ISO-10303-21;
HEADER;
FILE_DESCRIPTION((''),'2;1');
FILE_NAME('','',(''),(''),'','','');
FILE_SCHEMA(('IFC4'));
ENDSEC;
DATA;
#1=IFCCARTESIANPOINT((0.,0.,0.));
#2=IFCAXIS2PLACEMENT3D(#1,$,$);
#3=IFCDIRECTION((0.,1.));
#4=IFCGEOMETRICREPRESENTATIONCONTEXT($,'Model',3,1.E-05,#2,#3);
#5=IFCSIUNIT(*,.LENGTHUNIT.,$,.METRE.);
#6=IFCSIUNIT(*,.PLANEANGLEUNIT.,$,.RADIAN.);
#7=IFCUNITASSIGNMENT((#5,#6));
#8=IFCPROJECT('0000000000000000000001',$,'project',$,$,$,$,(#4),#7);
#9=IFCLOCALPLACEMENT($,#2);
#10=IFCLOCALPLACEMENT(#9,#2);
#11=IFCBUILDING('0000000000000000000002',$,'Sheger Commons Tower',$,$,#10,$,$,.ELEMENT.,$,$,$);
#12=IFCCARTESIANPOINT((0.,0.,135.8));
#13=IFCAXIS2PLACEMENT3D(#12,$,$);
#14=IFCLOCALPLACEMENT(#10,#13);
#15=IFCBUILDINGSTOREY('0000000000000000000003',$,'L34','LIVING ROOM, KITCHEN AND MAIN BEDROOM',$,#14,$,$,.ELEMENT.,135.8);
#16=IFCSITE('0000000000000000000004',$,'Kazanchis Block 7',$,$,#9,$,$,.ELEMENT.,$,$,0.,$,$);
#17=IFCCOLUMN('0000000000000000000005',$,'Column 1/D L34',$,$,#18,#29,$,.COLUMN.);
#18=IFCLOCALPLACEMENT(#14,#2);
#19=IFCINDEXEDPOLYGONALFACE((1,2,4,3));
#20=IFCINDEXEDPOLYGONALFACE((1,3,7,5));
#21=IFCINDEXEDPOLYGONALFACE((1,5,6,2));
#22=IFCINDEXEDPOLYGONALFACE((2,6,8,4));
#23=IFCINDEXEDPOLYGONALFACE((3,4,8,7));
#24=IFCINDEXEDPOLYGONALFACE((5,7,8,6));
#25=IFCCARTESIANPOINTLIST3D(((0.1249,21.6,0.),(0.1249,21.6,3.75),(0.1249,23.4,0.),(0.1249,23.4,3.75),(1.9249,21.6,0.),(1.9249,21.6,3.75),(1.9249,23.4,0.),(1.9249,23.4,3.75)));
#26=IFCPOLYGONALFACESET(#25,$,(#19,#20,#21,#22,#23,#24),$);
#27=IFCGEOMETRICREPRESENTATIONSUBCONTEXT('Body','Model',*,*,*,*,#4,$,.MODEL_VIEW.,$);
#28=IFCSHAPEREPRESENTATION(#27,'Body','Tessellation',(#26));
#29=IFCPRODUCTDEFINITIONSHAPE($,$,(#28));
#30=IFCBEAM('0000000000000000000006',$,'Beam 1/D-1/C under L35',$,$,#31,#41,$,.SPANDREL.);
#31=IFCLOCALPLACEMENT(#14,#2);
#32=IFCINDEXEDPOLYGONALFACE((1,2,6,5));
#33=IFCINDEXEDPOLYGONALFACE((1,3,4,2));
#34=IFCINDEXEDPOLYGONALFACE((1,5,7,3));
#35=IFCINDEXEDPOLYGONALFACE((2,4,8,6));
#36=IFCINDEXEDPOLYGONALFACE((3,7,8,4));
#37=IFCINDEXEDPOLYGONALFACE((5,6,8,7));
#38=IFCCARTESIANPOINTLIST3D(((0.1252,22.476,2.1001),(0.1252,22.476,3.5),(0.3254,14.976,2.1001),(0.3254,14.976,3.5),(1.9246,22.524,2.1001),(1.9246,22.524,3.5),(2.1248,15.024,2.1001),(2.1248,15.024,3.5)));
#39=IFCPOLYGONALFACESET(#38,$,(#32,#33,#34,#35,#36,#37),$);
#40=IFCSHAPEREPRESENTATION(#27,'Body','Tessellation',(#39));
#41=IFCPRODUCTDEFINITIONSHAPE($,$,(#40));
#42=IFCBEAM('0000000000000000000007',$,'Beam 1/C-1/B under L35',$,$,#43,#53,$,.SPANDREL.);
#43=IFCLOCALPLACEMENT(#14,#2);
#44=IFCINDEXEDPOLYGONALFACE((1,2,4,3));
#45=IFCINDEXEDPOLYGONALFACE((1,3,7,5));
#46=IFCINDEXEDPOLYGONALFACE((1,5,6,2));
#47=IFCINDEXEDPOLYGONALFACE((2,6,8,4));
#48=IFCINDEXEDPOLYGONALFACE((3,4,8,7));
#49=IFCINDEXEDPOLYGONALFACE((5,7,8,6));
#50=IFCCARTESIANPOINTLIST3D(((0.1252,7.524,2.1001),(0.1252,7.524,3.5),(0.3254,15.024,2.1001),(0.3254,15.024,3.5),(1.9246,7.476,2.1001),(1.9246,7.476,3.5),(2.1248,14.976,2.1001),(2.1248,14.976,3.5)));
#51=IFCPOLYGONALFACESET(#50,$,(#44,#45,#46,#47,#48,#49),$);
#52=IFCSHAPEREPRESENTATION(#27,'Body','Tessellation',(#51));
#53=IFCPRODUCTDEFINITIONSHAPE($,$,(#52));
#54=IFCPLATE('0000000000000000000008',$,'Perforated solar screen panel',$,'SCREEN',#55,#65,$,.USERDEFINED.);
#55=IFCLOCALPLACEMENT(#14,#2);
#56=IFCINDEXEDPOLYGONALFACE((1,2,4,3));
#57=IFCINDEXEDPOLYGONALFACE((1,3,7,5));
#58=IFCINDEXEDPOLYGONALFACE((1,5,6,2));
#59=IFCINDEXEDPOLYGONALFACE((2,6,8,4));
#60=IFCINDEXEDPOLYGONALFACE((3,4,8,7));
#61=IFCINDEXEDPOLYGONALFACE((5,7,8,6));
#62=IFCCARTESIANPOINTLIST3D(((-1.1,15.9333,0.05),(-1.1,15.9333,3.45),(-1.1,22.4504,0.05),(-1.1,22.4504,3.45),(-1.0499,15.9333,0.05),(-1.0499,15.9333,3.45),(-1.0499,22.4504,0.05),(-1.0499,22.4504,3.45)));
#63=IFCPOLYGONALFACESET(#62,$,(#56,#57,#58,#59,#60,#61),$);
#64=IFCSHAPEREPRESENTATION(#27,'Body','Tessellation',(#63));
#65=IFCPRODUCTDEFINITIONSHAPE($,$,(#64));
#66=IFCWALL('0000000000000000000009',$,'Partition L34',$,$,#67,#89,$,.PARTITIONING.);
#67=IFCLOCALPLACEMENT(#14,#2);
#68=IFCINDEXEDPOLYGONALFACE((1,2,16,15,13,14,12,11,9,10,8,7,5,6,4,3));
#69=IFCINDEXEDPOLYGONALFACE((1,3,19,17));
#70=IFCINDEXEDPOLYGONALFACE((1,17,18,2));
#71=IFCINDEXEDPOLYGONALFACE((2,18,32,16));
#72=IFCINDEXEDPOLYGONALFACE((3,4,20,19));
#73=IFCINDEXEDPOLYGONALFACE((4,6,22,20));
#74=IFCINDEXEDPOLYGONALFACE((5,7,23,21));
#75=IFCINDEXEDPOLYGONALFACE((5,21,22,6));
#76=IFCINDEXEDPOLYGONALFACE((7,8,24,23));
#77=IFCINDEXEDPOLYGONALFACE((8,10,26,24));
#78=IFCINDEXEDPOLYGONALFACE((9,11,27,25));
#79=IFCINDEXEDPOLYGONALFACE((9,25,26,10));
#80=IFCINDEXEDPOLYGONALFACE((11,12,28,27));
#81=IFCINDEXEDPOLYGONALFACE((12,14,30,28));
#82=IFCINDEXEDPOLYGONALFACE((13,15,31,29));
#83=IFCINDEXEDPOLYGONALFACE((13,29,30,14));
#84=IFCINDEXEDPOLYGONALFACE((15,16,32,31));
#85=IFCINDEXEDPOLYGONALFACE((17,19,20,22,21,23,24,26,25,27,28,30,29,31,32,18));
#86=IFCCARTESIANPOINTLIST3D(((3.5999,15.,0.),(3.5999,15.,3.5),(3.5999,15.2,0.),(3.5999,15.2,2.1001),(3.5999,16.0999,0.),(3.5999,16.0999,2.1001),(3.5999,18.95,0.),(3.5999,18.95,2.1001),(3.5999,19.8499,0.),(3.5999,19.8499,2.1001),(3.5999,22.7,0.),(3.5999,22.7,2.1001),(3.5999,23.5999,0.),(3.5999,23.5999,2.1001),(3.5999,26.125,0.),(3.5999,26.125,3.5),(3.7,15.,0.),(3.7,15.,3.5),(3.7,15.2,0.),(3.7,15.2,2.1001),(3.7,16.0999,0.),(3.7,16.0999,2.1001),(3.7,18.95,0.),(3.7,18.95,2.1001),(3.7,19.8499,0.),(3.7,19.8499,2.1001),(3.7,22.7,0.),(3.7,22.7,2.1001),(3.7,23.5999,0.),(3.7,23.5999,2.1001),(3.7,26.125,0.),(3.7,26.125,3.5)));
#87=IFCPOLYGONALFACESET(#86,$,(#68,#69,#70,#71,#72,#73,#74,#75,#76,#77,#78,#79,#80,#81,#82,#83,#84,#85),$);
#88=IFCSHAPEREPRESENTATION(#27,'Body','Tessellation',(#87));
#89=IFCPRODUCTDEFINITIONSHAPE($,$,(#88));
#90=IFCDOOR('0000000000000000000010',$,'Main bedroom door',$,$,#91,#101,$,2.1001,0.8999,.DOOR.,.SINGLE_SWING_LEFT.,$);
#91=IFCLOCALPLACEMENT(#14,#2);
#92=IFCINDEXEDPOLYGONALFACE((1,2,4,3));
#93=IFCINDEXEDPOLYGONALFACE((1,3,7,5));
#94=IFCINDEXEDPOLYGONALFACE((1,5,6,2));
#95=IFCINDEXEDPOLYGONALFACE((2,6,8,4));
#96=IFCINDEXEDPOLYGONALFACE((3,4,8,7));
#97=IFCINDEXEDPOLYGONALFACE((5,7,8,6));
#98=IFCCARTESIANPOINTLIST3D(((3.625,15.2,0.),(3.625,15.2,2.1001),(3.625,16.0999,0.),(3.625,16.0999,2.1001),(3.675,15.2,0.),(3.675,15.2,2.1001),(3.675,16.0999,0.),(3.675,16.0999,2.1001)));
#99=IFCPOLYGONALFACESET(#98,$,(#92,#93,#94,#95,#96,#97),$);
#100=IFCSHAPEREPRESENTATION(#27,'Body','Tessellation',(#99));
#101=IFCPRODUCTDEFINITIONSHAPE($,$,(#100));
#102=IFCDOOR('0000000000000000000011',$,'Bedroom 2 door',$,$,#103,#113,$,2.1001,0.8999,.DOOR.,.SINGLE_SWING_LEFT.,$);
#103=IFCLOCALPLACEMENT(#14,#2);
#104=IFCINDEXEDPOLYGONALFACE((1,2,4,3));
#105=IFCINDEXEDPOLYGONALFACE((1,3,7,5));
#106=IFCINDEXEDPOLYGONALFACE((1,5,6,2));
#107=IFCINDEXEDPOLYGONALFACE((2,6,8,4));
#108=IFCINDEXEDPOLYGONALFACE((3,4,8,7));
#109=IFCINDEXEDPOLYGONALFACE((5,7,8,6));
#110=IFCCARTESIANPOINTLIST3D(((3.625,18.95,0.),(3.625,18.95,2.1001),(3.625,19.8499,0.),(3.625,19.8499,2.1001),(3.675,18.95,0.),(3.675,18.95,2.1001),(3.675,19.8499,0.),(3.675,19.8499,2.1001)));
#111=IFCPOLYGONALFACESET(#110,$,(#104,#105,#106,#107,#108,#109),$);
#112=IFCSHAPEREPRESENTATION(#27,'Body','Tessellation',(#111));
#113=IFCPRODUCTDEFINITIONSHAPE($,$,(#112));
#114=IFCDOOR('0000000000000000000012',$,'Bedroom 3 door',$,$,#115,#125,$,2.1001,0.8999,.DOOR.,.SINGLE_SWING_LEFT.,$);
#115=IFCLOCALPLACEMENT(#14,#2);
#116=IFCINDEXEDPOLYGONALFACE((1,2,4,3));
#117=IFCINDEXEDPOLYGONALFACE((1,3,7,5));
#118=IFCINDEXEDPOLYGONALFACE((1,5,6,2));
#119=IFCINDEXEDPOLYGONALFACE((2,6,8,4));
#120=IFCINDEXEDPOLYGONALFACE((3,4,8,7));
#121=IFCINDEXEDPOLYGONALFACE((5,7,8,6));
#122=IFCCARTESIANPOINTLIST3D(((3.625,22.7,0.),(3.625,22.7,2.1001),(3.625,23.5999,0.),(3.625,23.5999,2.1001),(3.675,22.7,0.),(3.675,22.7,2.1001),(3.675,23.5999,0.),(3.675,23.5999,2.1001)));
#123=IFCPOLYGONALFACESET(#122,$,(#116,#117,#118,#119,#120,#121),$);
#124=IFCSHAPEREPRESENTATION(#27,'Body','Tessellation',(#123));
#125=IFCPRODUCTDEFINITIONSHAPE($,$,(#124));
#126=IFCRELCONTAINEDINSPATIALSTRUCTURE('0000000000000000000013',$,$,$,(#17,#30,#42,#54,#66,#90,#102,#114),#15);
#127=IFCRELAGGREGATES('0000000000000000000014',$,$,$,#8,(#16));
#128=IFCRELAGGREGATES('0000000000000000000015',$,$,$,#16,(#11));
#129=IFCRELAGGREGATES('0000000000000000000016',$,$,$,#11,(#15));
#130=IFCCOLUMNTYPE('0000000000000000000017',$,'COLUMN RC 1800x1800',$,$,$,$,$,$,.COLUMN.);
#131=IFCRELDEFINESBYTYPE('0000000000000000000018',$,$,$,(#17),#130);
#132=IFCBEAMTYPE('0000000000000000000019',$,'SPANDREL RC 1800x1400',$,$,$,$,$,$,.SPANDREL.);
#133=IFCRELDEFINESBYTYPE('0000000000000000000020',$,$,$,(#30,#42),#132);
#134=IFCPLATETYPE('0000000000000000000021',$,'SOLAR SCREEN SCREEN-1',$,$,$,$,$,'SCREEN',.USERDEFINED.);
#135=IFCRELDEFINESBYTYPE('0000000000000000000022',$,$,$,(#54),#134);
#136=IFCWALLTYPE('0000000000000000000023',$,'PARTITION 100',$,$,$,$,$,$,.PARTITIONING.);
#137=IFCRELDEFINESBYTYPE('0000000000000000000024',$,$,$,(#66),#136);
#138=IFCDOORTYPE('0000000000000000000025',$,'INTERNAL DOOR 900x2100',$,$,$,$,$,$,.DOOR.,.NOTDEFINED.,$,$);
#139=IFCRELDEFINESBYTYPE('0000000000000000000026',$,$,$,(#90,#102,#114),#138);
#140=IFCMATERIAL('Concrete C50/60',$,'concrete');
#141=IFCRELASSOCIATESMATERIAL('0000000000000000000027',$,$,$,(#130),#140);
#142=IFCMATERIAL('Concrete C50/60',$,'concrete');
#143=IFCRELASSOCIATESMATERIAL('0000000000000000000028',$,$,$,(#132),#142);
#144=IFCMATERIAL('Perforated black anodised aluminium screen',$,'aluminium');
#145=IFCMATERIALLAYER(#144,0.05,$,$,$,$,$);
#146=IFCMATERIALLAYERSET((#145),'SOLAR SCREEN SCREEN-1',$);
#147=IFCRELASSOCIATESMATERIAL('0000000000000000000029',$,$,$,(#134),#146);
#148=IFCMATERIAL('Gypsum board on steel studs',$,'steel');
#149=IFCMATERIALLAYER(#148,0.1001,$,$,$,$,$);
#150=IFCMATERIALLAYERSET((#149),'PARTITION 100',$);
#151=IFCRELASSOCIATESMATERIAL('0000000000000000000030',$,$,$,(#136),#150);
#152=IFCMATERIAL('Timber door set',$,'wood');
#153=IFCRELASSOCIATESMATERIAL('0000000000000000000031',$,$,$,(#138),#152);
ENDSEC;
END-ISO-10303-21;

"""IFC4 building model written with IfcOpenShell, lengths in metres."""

from ifc_helpers import new_model, si_unit, direction, frame, frame_2d, origin, origin_2d, place, context, subcontext, project, spatial, rectangle, extrude, material, layer, layer_set, material_profile, profile_set, type_object, element, fill, save


model = new_model("IFC4")

# Units and contexts
model_context = context("Model", 3, precision=1e-05, world=origin(), true_north=direction((0.0, 1.0)))
body_context = subcontext(model_context, "Body", "Model", "MODEL_VIEW")
ifc_project = project(units=[si_unit("LENGTHUNIT", "METRE"), si_unit("PLANEANGLEUNIT", "RADIAN")], contexts=[model_context])

# Site, building, storey
site_placement = place(None, origin())
site = spatial("IfcSite", under=ifc_project, at=site_placement, Name="Kazanchis Block 7", CompositionType="ELEMENT", RefElevation=0.0)
building_placement = place(site_placement, origin())
building = spatial("IfcBuilding", under=site, at=building_placement, Name="Sheger Commons Tower", CompositionType="ELEMENT")
storey_placement = place(building_placement, frame((0.0, 0.0, 135.8)))
storey = spatial("IfcBuildingStorey", under=building, at=storey_placement, Name="L34", Description="LIVING ROOM, KITCHEN AND MAIN BEDROOM", CompositionType="ELEMENT", Elevation=135.8)

# Column
ifc_material_1 = material(Name="Concrete C50/60", Category="concrete")
ifc_material_profile_1 = material_profile(ifc_material_1, rectangle(XDim=1.8, YDim=1.8, at=origin_2d()), Name="RC 1800x1800")
ifc_profile_set_1 = profile_set([ifc_material_profile_1], Name="Concrete C50/60")
column_type = type_object("IfcColumnType", Name="COLUMN RC 1800x1800", PredefinedType="COLUMN", material=ifc_profile_set_1)
column_placement = place(storey_placement, frame((1.0249, 22.5, 0.0), z_axis=(0.0, 0.0, 1.0), x_axis=(1.0, 0.0, 0.0)))
element("IfcColumn", 1, at=column_placement, inside=storey, type_object=column_type, Name="Column 1/D L34", PredefinedType="COLUMN", context=body_context, shape_type="SweptSolid", body=[
    extrude(rectangle(XDim=1.8, YDim=1.8, at=origin_2d()), origin(), (0.0, 0.0, 1.0), 3.75),
])

# Beams
ifc_material_2 = material(Name="Concrete C50/60", Category="concrete")
ifc_material_profile_2 = material_profile(ifc_material_2, rectangle(XDim=1.8, YDim=1.3999, at=origin_2d()), Name="RC 1800x1400")
ifc_profile_set_2 = profile_set([ifc_material_profile_2], Name="Concrete C50/60")
beam_type = type_object("IfcBeamType", Name="SPANDREL RC 1800x1400", PredefinedType="SPANDREL", material=ifc_profile_set_2)
for number, where, z_axis, x_axis, name in (
    (2, (1.0249, 22.5, 2.8), (0.026683, -0.999644, 0.0), (0.999644, 0.026683, 0.0), "Beam 1/D-1/C under L35"),
    (3, (1.2251, 15.0, 2.8), (-0.026683, -0.999644, 0.0), (0.999644, -0.026683, 0.0), "Beam 1/C-1/B under L35"),
):
    element("IfcBeam", number, at=place(storey_placement, frame(where, z_axis=z_axis, x_axis=x_axis)), inside=storey, type_object=beam_type, Name=name, PredefinedType="SPANDREL", context=body_context, shape_type="SweptSolid", body=[
        extrude(rectangle(XDim=1.8, YDim=1.3999, at=origin_2d()), origin(), (0.0, 0.0, 1.0), 7.5027),
    ])

# Plate
ifc_material_3 = material(Name="Perforated black anodised aluminium screen", Category="aluminium")
ifc_layer_1 = layer(ifc_material_3, 0.05)
ifc_layer_set_1 = layer_set([ifc_layer_1], Name="SOLAR SCREEN SCREEN-1")
plate_type = type_object("IfcPlateType", Name="SOLAR SCREEN SCREEN-1", ElementType="SCREEN", PredefinedType="USERDEFINED", material=ifc_layer_set_1)
plate_placement = place(storey_placement, frame((-1.075, 19.1919, 0.05), z_axis=(0.0, 0.0, 1.0), x_axis=(0.0, -1.0, 0.0)))
element("IfcPlate", 4, at=plate_placement, inside=storey, type_object=plate_type, Name="Perforated solar screen panel", ObjectType="SCREEN", PredefinedType="USERDEFINED", context=body_context, shape_type="SweptSolid", body=[
    extrude(rectangle(XDim=6.5171, YDim=0.05, at=origin_2d()), origin(), (0.0, 0.0, 1.0), 3.3999),
])

# Wall, openings, doors
ifc_material_4 = material(Name="Gypsum board on steel studs", Category="steel")
ifc_layer_2 = layer(ifc_material_4, 0.1001)
ifc_layer_set_2 = layer_set([ifc_layer_2], Name="PARTITION 100")
wall_type = type_object("IfcWallType", Name="PARTITION 100", PredefinedType="PARTITIONING", material=ifc_layer_set_2)
wall_1_placement = place(storey_placement, frame((3.6499, 15.0, 0.0), z_axis=(0.0, 0.0, 1.0), x_axis=(0.0, 1.0, 0.0)))
wall_1 = element("IfcWall", 5, at=wall_1_placement, inside=storey, type_object=wall_type, Name="Partition L34", PredefinedType="PARTITIONING", context=body_context, shape_type="SweptSolid", body=[
    extrude(rectangle(XDim=11.125, YDim=0.1001, at=frame_2d((5.5625, 0.0))), origin(), (0.0, 0.0, 1.0), 3.5),
])
opening_1_placement = place(wall_1_placement, frame((0.2, 0.0, 0.0)))
opening_1 = element("IfcOpeningElement", 6, at=opening_1_placement, cuts=wall_1, PredefinedType="OPENING", context=body_context, shape_type="SweptSolid", body=[
    extrude(rectangle(XDim=0.8999, YDim=2.1001, at=frame_2d((0.45, 1.05))), frame((0.0, 0.0601, 0.0), z_axis=(0.0, -1.0, 0.0), x_axis=(1.0, 0.0, 0.0)), (0.0, 0.0, 1.0), 0.1201),
])
opening_2_placement = place(wall_1_placement, frame((3.95, 0.0, 0.0)))
opening_2 = element("IfcOpeningElement", 7, at=opening_2_placement, cuts=wall_1, PredefinedType="OPENING", context=body_context, shape_type="SweptSolid", body=[
    extrude(rectangle(XDim=0.8999, YDim=2.1001, at=frame_2d((0.45, 1.05))), frame((0.0, 0.0601, 0.0), z_axis=(0.0, -1.0, 0.0), x_axis=(1.0, 0.0, 0.0)), (0.0, 0.0, 1.0), 0.1201),
])
opening_3_placement = place(wall_1_placement, frame((7.7, 0.0, 0.0)))
opening_3 = element("IfcOpeningElement", 8, at=opening_3_placement, cuts=wall_1, PredefinedType="OPENING", context=body_context, shape_type="SweptSolid", body=[
    extrude(rectangle(XDim=0.8999, YDim=2.1001, at=frame_2d((0.45, 1.05))), frame((0.0, 0.0601, 0.0), z_axis=(0.0, -1.0, 0.0), x_axis=(1.0, 0.0, 0.0)), (0.0, 0.0, 1.0), 0.1201),
])
ifc_material_5 = material(Name="Timber door set", Category="wood")
door_type = type_object("IfcDoorType", Name="INTERNAL DOOR 900x2100", OperationType="NOTDEFINED", PredefinedType="DOOR", material=ifc_material_5)
door_1_placement = place(opening_1_placement, origin())
door_1 = element("IfcDoor", 9, at=door_1_placement, inside=storey, type_object=door_type, Name="Main bedroom door", OperationType="SINGLE_SWING_LEFT", OverallHeight=2.1001, OverallWidth=0.8999, PredefinedType="DOOR", context=body_context, shape_type="SweptSolid", body=[
    extrude(rectangle(XDim=0.8999, YDim=2.1001, at=frame_2d((0.45, 1.05))), frame((0.0, 0.0249, 0.0), z_axis=(0.0, -1.0, 0.0), x_axis=(1.0, 0.0, 0.0)), (0.0, 0.0, 1.0), 0.05),
])
fill(opening_1, door_1)
door_2_placement = place(opening_2_placement, origin())
door_2 = element("IfcDoor", 10, at=door_2_placement, inside=storey, type_object=door_type, Name="Bedroom 2 door", OperationType="SINGLE_SWING_LEFT", OverallHeight=2.1001, OverallWidth=0.8999, PredefinedType="DOOR", context=body_context, shape_type="SweptSolid", body=[
    extrude(rectangle(XDim=0.8999, YDim=2.1001, at=frame_2d((0.45, 1.05))), frame((0.0, 0.0249, 0.0), z_axis=(0.0, -1.0, 0.0), x_axis=(1.0, 0.0, 0.0)), (0.0, 0.0, 1.0), 0.05),
])
fill(opening_2, door_2)
door_3_placement = place(opening_3_placement, origin())
door_3 = element("IfcDoor", 11, at=door_3_placement, inside=storey, type_object=door_type, Name="Bedroom 3 door", OperationType="SINGLE_SWING_LEFT", OverallHeight=2.1001, OverallWidth=0.8999, PredefinedType="DOOR", context=body_context, shape_type="SweptSolid", body=[
    extrude(rectangle(XDim=0.8999, YDim=2.1001, at=frame_2d((0.45, 1.05))), frame((0.0, 0.0249, 0.0), z_axis=(0.0, -1.0, 0.0), x_axis=(1.0, 0.0, 0.0)), (0.0, 0.0, 1.0), 0.05),
])
fill(opening_3, door_3)

save(model, "model.ifc")
